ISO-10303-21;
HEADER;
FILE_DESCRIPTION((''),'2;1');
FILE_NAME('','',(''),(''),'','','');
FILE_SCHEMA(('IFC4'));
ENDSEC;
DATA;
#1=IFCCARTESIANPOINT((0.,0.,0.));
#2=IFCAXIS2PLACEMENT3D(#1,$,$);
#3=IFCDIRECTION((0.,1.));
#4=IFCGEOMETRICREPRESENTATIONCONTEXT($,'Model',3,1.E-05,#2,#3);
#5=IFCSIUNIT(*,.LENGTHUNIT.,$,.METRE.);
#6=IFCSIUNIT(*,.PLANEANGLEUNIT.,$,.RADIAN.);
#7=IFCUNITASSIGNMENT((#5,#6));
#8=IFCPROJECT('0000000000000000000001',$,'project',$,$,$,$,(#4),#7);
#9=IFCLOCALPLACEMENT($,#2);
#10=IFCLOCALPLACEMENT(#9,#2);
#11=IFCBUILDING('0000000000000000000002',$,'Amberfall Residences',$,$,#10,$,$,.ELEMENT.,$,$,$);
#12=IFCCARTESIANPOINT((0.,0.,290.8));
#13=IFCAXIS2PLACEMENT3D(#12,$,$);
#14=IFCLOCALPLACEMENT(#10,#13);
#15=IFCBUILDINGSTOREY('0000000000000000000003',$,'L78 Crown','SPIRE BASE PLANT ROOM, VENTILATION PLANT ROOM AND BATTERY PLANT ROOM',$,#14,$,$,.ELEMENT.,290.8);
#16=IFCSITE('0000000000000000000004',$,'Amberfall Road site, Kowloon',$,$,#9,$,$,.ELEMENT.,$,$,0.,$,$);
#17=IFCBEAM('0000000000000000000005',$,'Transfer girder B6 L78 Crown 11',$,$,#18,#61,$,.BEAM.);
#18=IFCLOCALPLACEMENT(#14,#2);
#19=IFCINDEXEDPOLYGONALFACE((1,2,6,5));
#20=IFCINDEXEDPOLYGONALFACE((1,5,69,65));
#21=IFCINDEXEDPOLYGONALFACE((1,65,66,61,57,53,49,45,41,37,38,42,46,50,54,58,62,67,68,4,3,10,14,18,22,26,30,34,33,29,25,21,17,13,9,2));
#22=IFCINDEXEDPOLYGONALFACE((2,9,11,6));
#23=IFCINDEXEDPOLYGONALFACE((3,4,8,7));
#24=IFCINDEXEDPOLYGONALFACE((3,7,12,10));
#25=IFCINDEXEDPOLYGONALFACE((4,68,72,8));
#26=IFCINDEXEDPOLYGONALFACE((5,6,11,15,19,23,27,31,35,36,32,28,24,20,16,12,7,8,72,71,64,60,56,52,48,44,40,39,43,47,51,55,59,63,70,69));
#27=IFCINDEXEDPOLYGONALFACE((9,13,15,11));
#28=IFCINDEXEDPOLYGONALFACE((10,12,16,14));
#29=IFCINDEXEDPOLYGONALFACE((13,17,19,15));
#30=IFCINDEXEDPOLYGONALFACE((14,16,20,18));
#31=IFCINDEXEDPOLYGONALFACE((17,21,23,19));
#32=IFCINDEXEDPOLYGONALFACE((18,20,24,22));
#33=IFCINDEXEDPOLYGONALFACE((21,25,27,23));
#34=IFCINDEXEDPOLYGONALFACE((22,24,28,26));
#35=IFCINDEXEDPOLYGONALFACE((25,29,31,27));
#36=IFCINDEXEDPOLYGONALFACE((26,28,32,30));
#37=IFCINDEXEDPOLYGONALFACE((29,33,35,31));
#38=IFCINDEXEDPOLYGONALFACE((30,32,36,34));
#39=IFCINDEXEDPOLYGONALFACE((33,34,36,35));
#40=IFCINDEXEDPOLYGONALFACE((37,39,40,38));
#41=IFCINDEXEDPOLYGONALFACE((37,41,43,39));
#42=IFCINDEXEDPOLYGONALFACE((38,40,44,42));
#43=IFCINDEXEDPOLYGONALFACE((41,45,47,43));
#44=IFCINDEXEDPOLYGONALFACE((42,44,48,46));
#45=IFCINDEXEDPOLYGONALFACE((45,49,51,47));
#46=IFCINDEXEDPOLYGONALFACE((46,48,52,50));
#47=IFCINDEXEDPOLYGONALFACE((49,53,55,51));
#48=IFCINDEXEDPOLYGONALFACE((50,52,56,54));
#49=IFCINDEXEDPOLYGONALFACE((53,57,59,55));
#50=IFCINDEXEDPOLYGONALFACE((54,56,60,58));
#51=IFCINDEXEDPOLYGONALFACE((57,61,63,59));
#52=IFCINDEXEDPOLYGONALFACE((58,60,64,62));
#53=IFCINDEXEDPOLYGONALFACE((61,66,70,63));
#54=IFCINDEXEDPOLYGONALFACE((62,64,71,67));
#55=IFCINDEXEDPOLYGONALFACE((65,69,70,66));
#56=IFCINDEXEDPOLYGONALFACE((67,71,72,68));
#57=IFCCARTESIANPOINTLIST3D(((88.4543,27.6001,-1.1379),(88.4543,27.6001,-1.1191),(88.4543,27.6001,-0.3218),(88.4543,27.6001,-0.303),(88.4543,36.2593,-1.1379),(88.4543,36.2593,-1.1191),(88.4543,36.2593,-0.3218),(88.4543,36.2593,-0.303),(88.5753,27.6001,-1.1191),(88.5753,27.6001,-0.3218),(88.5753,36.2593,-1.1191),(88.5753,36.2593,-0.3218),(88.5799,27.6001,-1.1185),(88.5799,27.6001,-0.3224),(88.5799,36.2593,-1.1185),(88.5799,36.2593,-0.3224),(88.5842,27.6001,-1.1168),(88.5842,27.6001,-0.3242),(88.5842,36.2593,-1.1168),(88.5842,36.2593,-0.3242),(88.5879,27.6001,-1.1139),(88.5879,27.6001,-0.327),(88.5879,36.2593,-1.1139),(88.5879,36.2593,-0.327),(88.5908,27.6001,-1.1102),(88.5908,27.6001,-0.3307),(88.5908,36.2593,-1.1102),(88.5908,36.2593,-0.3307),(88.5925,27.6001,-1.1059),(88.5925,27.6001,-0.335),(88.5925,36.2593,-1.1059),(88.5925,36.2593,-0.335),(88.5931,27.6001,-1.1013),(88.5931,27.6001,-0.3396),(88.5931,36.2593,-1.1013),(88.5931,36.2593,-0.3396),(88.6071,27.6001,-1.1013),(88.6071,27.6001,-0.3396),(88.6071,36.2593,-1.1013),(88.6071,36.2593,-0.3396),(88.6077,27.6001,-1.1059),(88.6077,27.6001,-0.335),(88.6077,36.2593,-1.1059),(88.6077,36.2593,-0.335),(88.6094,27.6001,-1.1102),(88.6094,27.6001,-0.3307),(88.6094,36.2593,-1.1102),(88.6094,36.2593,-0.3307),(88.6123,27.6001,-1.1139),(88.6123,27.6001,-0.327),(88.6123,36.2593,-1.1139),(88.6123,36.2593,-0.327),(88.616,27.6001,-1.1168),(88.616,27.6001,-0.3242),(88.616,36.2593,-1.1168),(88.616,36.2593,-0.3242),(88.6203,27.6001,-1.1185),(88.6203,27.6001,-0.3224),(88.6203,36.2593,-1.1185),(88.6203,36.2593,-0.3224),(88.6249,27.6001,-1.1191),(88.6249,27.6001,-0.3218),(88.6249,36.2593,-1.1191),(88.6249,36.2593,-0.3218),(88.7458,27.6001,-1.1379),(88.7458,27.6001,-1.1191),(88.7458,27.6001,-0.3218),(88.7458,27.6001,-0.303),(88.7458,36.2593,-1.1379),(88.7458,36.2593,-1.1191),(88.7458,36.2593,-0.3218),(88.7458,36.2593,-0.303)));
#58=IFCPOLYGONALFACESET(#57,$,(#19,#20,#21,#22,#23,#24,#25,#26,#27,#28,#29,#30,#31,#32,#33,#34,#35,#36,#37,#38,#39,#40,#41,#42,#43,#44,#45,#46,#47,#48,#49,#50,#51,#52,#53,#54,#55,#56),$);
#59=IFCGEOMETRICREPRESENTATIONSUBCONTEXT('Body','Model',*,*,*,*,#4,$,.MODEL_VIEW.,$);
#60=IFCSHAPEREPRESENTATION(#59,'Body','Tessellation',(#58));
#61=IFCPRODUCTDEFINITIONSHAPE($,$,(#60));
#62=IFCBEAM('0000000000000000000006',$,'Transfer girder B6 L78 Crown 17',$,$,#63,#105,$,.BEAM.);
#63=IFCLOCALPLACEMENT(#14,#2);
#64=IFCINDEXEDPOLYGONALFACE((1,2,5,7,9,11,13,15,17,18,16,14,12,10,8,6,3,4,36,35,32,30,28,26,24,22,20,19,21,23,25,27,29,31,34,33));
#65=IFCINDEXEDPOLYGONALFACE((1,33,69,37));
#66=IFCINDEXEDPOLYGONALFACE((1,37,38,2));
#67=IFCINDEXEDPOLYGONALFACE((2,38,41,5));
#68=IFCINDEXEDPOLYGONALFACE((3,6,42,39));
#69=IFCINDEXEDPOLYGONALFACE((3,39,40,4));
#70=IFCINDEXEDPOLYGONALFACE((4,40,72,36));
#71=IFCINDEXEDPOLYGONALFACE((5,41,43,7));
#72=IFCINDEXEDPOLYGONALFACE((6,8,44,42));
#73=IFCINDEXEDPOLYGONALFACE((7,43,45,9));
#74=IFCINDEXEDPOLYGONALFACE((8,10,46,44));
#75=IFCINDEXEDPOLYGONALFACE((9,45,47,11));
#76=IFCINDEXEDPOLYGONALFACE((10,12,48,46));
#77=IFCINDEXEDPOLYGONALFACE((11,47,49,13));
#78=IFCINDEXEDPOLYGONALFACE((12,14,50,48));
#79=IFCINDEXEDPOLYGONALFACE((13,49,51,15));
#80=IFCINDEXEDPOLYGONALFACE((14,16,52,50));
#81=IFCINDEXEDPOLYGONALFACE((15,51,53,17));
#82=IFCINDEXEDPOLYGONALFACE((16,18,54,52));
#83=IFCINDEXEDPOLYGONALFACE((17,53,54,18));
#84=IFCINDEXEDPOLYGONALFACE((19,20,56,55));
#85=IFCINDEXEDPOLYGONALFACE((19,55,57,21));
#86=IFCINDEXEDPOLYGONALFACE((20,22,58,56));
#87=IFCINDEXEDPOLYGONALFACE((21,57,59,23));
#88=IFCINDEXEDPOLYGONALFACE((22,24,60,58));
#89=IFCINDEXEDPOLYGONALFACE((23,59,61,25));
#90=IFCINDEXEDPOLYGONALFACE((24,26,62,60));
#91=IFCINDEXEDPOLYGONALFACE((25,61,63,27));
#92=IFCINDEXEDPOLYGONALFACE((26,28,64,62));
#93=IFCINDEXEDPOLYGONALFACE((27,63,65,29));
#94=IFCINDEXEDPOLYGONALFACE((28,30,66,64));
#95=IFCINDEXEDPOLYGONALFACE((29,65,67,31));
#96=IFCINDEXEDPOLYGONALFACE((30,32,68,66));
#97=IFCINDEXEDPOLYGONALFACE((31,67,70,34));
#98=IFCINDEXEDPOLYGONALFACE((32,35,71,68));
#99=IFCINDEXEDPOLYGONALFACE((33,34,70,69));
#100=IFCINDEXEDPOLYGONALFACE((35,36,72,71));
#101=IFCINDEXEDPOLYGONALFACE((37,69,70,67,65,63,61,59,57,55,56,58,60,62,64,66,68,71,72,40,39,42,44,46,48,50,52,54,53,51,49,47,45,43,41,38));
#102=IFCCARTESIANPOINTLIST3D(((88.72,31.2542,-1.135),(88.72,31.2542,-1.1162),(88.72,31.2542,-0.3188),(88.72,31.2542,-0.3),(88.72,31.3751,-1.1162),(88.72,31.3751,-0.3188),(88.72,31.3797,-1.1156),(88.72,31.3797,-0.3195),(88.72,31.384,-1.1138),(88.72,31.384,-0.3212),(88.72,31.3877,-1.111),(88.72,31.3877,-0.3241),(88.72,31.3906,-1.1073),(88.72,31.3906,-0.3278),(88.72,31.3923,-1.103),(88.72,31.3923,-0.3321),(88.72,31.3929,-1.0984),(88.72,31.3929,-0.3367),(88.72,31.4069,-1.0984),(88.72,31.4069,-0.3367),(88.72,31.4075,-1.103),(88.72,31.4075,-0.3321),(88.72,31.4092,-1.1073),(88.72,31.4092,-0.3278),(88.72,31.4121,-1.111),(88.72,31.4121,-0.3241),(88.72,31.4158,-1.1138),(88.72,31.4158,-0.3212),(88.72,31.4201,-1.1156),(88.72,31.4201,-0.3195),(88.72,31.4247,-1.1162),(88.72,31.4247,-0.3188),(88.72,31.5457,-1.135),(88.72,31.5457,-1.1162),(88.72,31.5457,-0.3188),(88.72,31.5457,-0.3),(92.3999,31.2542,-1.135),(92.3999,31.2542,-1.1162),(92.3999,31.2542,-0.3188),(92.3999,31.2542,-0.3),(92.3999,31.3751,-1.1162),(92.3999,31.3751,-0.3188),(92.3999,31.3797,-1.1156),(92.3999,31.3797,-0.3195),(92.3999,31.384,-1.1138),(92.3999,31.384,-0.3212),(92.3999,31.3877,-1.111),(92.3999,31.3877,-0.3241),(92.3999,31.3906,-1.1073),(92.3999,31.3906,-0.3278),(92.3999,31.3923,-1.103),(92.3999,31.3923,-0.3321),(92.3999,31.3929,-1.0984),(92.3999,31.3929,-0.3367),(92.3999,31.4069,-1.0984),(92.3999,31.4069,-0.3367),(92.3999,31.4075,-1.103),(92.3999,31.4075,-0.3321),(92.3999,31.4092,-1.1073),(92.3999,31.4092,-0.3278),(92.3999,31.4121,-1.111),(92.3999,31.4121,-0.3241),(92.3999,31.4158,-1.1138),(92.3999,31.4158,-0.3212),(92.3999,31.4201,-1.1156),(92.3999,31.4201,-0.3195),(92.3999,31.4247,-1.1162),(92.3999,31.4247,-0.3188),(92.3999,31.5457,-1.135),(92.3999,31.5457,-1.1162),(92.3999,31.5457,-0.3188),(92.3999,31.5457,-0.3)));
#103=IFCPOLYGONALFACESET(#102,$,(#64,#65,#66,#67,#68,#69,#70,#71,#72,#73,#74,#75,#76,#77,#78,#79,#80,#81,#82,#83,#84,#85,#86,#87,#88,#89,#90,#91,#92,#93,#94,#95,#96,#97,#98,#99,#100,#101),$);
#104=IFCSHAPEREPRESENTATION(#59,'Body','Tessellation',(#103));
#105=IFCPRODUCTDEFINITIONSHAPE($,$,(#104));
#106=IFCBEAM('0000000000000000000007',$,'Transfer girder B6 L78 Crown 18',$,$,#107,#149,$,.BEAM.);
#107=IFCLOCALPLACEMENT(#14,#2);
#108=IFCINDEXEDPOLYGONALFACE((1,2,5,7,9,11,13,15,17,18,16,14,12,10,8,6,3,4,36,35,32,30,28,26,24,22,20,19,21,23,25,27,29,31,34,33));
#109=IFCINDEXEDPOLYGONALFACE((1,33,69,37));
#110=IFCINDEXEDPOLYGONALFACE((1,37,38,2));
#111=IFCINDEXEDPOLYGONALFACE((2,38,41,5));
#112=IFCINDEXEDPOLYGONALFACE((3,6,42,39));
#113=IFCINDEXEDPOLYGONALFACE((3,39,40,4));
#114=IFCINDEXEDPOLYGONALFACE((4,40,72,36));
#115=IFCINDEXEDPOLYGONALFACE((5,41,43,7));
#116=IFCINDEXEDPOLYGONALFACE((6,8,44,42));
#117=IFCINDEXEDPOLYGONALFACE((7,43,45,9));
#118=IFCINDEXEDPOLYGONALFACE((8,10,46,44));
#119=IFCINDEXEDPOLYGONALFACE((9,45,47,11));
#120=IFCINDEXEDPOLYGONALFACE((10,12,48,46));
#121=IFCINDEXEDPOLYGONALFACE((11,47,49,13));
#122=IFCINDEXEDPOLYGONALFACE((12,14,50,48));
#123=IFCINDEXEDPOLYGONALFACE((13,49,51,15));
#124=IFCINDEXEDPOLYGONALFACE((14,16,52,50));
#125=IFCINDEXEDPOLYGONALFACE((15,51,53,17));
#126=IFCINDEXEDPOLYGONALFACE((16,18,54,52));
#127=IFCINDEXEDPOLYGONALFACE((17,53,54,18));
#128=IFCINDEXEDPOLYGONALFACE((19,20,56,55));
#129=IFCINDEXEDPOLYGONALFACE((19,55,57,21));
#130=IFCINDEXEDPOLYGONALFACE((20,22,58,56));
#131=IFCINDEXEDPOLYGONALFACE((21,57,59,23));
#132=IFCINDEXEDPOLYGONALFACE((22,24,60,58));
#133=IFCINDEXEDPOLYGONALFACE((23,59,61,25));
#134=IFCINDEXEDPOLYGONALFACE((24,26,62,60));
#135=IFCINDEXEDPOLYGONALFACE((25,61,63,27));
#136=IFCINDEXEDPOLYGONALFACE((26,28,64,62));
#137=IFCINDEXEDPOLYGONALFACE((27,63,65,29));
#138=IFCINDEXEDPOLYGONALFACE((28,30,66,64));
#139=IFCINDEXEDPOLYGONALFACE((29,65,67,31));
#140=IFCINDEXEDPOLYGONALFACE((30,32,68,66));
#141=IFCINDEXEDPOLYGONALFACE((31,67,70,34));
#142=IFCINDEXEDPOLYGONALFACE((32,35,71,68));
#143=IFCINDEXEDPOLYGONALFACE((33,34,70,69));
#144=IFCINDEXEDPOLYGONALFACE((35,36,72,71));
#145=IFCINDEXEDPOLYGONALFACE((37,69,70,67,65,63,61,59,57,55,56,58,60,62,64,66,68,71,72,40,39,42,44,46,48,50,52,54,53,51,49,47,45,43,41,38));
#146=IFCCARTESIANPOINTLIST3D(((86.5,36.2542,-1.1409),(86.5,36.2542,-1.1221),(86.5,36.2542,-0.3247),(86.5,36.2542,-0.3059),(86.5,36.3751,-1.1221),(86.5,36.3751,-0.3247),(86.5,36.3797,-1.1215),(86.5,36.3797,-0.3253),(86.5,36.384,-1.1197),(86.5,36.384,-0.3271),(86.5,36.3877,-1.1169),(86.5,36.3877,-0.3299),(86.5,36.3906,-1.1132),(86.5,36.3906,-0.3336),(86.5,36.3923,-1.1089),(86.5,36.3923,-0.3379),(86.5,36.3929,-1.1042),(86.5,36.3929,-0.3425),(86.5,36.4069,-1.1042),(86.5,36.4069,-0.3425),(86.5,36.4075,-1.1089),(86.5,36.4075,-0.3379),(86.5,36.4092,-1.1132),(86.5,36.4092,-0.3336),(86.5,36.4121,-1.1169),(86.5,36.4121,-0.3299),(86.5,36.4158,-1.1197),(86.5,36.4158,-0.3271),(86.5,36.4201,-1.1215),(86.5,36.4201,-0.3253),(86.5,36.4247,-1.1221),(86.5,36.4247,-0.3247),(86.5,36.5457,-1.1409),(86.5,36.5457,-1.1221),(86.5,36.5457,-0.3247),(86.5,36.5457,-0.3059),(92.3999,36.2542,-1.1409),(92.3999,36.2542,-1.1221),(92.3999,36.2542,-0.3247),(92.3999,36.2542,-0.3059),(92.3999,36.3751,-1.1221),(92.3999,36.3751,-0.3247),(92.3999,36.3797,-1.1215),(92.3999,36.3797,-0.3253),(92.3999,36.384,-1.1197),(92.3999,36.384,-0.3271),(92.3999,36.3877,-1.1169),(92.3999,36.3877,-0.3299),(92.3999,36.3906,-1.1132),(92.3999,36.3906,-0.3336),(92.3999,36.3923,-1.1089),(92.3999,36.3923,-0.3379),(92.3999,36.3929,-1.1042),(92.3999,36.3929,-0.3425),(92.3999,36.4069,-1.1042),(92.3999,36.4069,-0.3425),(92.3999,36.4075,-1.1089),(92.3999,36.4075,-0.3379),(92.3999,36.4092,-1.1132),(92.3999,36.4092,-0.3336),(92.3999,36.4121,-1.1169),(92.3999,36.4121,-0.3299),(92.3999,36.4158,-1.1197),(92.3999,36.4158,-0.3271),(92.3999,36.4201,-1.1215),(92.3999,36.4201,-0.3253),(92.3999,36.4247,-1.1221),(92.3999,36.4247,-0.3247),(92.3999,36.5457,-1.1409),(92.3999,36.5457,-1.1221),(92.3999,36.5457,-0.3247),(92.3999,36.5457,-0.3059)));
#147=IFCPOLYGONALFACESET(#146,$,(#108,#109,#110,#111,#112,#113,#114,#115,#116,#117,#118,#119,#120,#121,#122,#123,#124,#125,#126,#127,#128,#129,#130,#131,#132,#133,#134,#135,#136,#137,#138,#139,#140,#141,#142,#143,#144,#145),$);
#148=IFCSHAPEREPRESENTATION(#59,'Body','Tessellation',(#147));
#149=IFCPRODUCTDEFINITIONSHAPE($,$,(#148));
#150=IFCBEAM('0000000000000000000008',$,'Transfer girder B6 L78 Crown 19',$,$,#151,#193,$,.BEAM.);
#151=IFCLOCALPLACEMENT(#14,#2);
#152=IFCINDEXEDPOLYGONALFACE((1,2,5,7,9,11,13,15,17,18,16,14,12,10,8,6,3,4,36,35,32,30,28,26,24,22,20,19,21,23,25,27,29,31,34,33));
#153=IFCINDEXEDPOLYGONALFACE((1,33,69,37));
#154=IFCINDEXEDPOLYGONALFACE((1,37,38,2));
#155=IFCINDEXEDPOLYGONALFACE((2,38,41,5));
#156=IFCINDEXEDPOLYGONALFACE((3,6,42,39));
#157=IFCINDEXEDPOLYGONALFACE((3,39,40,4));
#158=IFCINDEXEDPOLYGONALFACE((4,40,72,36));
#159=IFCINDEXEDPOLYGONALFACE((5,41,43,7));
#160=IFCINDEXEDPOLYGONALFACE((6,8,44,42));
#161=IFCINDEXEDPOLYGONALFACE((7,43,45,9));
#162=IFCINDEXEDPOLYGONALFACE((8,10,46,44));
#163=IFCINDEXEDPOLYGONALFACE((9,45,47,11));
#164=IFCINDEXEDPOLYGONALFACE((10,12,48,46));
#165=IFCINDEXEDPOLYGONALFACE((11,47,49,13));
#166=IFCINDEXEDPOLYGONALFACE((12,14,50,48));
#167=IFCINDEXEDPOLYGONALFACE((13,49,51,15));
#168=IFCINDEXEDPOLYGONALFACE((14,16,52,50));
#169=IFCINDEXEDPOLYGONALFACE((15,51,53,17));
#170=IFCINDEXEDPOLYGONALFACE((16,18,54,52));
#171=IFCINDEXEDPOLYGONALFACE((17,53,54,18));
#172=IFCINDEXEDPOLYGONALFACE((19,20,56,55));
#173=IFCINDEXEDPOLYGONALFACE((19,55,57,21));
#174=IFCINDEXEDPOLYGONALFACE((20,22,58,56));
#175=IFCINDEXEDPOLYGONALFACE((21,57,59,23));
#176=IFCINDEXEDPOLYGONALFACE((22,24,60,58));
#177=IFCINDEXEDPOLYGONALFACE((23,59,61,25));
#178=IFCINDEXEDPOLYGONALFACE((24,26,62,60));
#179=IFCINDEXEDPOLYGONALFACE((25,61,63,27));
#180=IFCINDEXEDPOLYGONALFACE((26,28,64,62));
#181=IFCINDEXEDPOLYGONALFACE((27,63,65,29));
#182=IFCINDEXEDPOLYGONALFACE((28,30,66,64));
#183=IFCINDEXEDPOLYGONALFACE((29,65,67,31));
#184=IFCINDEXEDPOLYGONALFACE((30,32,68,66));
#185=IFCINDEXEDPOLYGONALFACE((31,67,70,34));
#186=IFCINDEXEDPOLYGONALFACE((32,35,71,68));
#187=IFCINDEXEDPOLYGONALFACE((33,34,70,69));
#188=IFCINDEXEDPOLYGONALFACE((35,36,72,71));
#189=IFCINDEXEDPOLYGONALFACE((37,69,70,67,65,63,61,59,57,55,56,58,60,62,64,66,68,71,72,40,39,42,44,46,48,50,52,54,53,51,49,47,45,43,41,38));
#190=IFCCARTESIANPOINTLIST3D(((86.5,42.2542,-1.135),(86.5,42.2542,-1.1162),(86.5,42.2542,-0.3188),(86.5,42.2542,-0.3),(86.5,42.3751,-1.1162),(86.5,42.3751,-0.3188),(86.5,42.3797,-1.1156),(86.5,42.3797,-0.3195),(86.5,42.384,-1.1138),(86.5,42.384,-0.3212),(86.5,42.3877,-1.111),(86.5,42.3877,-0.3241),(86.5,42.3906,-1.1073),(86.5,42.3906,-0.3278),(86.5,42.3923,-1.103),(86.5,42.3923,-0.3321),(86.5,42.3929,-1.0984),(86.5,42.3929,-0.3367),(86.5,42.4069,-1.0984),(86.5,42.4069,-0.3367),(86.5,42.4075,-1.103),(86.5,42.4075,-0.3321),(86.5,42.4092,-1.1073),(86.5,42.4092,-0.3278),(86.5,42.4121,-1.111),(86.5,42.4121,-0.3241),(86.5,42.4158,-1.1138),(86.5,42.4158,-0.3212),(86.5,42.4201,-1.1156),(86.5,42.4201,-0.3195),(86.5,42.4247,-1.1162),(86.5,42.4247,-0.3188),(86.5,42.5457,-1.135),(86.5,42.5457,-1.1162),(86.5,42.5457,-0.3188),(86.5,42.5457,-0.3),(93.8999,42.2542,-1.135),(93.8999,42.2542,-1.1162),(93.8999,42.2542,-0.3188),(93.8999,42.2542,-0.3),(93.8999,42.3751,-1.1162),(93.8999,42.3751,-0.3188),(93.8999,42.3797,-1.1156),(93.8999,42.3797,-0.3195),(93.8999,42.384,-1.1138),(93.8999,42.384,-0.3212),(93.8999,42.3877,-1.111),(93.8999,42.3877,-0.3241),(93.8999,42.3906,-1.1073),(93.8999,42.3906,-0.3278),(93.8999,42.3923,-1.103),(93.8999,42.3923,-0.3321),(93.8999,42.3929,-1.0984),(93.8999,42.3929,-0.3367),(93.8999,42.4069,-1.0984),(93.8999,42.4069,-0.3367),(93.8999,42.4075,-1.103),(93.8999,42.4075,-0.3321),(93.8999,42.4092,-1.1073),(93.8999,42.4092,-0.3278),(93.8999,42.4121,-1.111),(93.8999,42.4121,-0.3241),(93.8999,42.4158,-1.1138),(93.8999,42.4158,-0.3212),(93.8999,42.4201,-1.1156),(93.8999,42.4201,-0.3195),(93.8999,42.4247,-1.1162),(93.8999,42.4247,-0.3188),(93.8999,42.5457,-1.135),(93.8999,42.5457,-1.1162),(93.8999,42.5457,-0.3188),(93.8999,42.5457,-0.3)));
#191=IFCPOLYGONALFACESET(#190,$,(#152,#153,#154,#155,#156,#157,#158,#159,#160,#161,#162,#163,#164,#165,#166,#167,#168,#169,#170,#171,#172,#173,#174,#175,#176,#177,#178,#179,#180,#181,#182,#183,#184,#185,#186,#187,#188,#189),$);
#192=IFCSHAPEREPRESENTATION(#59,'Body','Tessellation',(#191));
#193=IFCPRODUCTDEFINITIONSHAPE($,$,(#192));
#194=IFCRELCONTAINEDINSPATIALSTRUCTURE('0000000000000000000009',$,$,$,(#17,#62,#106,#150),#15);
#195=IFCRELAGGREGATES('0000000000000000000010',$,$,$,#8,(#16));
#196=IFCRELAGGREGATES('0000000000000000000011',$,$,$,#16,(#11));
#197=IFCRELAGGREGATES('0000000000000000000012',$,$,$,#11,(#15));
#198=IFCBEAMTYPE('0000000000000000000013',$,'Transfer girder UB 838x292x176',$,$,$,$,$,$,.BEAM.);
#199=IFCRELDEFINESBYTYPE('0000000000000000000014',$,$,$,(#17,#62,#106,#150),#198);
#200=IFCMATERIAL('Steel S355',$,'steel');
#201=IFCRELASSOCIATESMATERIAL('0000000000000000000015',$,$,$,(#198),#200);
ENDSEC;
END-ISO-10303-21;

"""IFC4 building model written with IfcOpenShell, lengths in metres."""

from ifc_helpers import new_model, si_unit, direction, frame, origin, origin_2d, place, context, subcontext, project, spatial, i_section, extrude, material, material_profile, profile_set, type_object, element, save


model = new_model("IFC4")

# Units and contexts
model_context = context("Model", 3, precision=1e-05, world=origin(), true_north=direction((0.0, 1.0)))
body_context = subcontext(model_context, "Body", "Model", "MODEL_VIEW")
ifc_project = project(units=[si_unit("LENGTHUNIT", "METRE"), si_unit("PLANEANGLEUNIT", "RADIAN")], contexts=[model_context])

# Site, building, storey
site_placement = place(None, origin())
site = spatial("IfcSite", under=ifc_project, at=site_placement, Name="Amberfall Road site, Kowloon", CompositionType="ELEMENT", RefElevation=0.0)
building_placement = place(site_placement, origin())
building = spatial("IfcBuilding", under=site, at=building_placement, Name="Amberfall Residences", CompositionType="ELEMENT")
storey_placement = place(building_placement, frame((0.0, 0.0, 290.8)))
storey = spatial("IfcBuildingStorey", under=building, at=storey_placement, Name="L78 Crown", Description="SPIRE BASE PLANT ROOM, VENTILATION PLANT ROOM AND BATTERY PLANT ROOM", CompositionType="ELEMENT", Elevation=290.8)

# Shared definitions
ifc_material_1 = material(Name="Steel S355", Category="steel")

# Beams
ifc_material_profile_1 = material_profile(ifc_material_1, i_section(OverallWidth=0.2915, OverallDepth=0.835, WebThickness=0.0139, FlangeThickness=0.0188, FilletRadius=0.0178, at=origin_2d()), Name="UB 838x292x176")
ifc_profile_set_1 = profile_set([ifc_material_profile_1], Name="Steel S355")
beam_type_1 = type_object("IfcBeamType", Name="Transfer girder UB 838x292x176", PredefinedType="BEAM", material=ifc_profile_set_1)
beam_1_placement = place(storey_placement, frame((88.6001, 27.6001, -0.7205), z_axis=(0.0, 1.0, 0.0), x_axis=(-1.0, 0.0, 0.0)))
element("IfcBeam", 1, at=beam_1_placement, inside=storey, type_object=beam_type_1, Name="Transfer girder B6 L78 Crown 11", PredefinedType="BEAM", context=body_context, shape_type="SweptSolid", body=[
    extrude(i_section(OverallWidth=0.2915, OverallDepth=0.835, WebThickness=0.0139, FlangeThickness=0.0188, FilletRadius=0.0178, at=origin_2d()), origin(), (0.0, 0.0, 1.0), 8.6592),
])
beam_2_placement = place(storey_placement, frame((92.3999, 31.3999, -0.7175), z_axis=(-1.0, 0.0, 0.0), x_axis=(0.0, -1.0, 0.0)))
element("IfcBeam", 2, at=beam_2_placement, inside=storey, type_object=beam_type_1, Name="Transfer girder B6 L78 Crown 17", PredefinedType="BEAM", context=body_context, shape_type="SweptSolid", body=[
    extrude(i_section(OverallWidth=0.2915, OverallDepth=0.835, WebThickness=0.0139, FlangeThickness=0.0188, FilletRadius=0.0178, at=origin_2d()), origin(), (0.0, 0.0, 1.0), 3.6799),
])
beam_3_placement = place(storey_placement, frame((92.3999, 36.3999, -0.7234), z_axis=(-1.0, 0.0, 0.0), x_axis=(0.0, -1.0, 0.0)))
element("IfcBeam", 3, at=beam_3_placement, inside=storey, type_object=beam_type_1, Name="Transfer girder B6 L78 Crown 18", PredefinedType="BEAM", context=body_context, shape_type="SweptSolid", body=[
    extrude(i_section(OverallWidth=0.2915, OverallDepth=0.835, WebThickness=0.0139, FlangeThickness=0.0188, FilletRadius=0.0178, at=origin_2d()), origin(), (0.0, 0.0, 1.0), 5.8999),
])
beam_4_placement = place(storey_placement, frame((93.8999, 42.3999, -0.7175), z_axis=(-1.0, 0.0, 0.0), x_axis=(0.0, -1.0, 0.0)))
element("IfcBeam", 4, at=beam_4_placement, inside=storey, type_object=beam_type_1, Name="Transfer girder B6 L78 Crown 19", PredefinedType="BEAM", context=body_context, shape_type="SweptSolid", body=[
    extrude(i_section(OverallWidth=0.2915, OverallDepth=0.835, WebThickness=0.0139, FlangeThickness=0.0188, FilletRadius=0.0178, at=origin_2d()), origin(), (0.0, 0.0, 1.0), 7.3999),
])

save(model, "model.ifc")
